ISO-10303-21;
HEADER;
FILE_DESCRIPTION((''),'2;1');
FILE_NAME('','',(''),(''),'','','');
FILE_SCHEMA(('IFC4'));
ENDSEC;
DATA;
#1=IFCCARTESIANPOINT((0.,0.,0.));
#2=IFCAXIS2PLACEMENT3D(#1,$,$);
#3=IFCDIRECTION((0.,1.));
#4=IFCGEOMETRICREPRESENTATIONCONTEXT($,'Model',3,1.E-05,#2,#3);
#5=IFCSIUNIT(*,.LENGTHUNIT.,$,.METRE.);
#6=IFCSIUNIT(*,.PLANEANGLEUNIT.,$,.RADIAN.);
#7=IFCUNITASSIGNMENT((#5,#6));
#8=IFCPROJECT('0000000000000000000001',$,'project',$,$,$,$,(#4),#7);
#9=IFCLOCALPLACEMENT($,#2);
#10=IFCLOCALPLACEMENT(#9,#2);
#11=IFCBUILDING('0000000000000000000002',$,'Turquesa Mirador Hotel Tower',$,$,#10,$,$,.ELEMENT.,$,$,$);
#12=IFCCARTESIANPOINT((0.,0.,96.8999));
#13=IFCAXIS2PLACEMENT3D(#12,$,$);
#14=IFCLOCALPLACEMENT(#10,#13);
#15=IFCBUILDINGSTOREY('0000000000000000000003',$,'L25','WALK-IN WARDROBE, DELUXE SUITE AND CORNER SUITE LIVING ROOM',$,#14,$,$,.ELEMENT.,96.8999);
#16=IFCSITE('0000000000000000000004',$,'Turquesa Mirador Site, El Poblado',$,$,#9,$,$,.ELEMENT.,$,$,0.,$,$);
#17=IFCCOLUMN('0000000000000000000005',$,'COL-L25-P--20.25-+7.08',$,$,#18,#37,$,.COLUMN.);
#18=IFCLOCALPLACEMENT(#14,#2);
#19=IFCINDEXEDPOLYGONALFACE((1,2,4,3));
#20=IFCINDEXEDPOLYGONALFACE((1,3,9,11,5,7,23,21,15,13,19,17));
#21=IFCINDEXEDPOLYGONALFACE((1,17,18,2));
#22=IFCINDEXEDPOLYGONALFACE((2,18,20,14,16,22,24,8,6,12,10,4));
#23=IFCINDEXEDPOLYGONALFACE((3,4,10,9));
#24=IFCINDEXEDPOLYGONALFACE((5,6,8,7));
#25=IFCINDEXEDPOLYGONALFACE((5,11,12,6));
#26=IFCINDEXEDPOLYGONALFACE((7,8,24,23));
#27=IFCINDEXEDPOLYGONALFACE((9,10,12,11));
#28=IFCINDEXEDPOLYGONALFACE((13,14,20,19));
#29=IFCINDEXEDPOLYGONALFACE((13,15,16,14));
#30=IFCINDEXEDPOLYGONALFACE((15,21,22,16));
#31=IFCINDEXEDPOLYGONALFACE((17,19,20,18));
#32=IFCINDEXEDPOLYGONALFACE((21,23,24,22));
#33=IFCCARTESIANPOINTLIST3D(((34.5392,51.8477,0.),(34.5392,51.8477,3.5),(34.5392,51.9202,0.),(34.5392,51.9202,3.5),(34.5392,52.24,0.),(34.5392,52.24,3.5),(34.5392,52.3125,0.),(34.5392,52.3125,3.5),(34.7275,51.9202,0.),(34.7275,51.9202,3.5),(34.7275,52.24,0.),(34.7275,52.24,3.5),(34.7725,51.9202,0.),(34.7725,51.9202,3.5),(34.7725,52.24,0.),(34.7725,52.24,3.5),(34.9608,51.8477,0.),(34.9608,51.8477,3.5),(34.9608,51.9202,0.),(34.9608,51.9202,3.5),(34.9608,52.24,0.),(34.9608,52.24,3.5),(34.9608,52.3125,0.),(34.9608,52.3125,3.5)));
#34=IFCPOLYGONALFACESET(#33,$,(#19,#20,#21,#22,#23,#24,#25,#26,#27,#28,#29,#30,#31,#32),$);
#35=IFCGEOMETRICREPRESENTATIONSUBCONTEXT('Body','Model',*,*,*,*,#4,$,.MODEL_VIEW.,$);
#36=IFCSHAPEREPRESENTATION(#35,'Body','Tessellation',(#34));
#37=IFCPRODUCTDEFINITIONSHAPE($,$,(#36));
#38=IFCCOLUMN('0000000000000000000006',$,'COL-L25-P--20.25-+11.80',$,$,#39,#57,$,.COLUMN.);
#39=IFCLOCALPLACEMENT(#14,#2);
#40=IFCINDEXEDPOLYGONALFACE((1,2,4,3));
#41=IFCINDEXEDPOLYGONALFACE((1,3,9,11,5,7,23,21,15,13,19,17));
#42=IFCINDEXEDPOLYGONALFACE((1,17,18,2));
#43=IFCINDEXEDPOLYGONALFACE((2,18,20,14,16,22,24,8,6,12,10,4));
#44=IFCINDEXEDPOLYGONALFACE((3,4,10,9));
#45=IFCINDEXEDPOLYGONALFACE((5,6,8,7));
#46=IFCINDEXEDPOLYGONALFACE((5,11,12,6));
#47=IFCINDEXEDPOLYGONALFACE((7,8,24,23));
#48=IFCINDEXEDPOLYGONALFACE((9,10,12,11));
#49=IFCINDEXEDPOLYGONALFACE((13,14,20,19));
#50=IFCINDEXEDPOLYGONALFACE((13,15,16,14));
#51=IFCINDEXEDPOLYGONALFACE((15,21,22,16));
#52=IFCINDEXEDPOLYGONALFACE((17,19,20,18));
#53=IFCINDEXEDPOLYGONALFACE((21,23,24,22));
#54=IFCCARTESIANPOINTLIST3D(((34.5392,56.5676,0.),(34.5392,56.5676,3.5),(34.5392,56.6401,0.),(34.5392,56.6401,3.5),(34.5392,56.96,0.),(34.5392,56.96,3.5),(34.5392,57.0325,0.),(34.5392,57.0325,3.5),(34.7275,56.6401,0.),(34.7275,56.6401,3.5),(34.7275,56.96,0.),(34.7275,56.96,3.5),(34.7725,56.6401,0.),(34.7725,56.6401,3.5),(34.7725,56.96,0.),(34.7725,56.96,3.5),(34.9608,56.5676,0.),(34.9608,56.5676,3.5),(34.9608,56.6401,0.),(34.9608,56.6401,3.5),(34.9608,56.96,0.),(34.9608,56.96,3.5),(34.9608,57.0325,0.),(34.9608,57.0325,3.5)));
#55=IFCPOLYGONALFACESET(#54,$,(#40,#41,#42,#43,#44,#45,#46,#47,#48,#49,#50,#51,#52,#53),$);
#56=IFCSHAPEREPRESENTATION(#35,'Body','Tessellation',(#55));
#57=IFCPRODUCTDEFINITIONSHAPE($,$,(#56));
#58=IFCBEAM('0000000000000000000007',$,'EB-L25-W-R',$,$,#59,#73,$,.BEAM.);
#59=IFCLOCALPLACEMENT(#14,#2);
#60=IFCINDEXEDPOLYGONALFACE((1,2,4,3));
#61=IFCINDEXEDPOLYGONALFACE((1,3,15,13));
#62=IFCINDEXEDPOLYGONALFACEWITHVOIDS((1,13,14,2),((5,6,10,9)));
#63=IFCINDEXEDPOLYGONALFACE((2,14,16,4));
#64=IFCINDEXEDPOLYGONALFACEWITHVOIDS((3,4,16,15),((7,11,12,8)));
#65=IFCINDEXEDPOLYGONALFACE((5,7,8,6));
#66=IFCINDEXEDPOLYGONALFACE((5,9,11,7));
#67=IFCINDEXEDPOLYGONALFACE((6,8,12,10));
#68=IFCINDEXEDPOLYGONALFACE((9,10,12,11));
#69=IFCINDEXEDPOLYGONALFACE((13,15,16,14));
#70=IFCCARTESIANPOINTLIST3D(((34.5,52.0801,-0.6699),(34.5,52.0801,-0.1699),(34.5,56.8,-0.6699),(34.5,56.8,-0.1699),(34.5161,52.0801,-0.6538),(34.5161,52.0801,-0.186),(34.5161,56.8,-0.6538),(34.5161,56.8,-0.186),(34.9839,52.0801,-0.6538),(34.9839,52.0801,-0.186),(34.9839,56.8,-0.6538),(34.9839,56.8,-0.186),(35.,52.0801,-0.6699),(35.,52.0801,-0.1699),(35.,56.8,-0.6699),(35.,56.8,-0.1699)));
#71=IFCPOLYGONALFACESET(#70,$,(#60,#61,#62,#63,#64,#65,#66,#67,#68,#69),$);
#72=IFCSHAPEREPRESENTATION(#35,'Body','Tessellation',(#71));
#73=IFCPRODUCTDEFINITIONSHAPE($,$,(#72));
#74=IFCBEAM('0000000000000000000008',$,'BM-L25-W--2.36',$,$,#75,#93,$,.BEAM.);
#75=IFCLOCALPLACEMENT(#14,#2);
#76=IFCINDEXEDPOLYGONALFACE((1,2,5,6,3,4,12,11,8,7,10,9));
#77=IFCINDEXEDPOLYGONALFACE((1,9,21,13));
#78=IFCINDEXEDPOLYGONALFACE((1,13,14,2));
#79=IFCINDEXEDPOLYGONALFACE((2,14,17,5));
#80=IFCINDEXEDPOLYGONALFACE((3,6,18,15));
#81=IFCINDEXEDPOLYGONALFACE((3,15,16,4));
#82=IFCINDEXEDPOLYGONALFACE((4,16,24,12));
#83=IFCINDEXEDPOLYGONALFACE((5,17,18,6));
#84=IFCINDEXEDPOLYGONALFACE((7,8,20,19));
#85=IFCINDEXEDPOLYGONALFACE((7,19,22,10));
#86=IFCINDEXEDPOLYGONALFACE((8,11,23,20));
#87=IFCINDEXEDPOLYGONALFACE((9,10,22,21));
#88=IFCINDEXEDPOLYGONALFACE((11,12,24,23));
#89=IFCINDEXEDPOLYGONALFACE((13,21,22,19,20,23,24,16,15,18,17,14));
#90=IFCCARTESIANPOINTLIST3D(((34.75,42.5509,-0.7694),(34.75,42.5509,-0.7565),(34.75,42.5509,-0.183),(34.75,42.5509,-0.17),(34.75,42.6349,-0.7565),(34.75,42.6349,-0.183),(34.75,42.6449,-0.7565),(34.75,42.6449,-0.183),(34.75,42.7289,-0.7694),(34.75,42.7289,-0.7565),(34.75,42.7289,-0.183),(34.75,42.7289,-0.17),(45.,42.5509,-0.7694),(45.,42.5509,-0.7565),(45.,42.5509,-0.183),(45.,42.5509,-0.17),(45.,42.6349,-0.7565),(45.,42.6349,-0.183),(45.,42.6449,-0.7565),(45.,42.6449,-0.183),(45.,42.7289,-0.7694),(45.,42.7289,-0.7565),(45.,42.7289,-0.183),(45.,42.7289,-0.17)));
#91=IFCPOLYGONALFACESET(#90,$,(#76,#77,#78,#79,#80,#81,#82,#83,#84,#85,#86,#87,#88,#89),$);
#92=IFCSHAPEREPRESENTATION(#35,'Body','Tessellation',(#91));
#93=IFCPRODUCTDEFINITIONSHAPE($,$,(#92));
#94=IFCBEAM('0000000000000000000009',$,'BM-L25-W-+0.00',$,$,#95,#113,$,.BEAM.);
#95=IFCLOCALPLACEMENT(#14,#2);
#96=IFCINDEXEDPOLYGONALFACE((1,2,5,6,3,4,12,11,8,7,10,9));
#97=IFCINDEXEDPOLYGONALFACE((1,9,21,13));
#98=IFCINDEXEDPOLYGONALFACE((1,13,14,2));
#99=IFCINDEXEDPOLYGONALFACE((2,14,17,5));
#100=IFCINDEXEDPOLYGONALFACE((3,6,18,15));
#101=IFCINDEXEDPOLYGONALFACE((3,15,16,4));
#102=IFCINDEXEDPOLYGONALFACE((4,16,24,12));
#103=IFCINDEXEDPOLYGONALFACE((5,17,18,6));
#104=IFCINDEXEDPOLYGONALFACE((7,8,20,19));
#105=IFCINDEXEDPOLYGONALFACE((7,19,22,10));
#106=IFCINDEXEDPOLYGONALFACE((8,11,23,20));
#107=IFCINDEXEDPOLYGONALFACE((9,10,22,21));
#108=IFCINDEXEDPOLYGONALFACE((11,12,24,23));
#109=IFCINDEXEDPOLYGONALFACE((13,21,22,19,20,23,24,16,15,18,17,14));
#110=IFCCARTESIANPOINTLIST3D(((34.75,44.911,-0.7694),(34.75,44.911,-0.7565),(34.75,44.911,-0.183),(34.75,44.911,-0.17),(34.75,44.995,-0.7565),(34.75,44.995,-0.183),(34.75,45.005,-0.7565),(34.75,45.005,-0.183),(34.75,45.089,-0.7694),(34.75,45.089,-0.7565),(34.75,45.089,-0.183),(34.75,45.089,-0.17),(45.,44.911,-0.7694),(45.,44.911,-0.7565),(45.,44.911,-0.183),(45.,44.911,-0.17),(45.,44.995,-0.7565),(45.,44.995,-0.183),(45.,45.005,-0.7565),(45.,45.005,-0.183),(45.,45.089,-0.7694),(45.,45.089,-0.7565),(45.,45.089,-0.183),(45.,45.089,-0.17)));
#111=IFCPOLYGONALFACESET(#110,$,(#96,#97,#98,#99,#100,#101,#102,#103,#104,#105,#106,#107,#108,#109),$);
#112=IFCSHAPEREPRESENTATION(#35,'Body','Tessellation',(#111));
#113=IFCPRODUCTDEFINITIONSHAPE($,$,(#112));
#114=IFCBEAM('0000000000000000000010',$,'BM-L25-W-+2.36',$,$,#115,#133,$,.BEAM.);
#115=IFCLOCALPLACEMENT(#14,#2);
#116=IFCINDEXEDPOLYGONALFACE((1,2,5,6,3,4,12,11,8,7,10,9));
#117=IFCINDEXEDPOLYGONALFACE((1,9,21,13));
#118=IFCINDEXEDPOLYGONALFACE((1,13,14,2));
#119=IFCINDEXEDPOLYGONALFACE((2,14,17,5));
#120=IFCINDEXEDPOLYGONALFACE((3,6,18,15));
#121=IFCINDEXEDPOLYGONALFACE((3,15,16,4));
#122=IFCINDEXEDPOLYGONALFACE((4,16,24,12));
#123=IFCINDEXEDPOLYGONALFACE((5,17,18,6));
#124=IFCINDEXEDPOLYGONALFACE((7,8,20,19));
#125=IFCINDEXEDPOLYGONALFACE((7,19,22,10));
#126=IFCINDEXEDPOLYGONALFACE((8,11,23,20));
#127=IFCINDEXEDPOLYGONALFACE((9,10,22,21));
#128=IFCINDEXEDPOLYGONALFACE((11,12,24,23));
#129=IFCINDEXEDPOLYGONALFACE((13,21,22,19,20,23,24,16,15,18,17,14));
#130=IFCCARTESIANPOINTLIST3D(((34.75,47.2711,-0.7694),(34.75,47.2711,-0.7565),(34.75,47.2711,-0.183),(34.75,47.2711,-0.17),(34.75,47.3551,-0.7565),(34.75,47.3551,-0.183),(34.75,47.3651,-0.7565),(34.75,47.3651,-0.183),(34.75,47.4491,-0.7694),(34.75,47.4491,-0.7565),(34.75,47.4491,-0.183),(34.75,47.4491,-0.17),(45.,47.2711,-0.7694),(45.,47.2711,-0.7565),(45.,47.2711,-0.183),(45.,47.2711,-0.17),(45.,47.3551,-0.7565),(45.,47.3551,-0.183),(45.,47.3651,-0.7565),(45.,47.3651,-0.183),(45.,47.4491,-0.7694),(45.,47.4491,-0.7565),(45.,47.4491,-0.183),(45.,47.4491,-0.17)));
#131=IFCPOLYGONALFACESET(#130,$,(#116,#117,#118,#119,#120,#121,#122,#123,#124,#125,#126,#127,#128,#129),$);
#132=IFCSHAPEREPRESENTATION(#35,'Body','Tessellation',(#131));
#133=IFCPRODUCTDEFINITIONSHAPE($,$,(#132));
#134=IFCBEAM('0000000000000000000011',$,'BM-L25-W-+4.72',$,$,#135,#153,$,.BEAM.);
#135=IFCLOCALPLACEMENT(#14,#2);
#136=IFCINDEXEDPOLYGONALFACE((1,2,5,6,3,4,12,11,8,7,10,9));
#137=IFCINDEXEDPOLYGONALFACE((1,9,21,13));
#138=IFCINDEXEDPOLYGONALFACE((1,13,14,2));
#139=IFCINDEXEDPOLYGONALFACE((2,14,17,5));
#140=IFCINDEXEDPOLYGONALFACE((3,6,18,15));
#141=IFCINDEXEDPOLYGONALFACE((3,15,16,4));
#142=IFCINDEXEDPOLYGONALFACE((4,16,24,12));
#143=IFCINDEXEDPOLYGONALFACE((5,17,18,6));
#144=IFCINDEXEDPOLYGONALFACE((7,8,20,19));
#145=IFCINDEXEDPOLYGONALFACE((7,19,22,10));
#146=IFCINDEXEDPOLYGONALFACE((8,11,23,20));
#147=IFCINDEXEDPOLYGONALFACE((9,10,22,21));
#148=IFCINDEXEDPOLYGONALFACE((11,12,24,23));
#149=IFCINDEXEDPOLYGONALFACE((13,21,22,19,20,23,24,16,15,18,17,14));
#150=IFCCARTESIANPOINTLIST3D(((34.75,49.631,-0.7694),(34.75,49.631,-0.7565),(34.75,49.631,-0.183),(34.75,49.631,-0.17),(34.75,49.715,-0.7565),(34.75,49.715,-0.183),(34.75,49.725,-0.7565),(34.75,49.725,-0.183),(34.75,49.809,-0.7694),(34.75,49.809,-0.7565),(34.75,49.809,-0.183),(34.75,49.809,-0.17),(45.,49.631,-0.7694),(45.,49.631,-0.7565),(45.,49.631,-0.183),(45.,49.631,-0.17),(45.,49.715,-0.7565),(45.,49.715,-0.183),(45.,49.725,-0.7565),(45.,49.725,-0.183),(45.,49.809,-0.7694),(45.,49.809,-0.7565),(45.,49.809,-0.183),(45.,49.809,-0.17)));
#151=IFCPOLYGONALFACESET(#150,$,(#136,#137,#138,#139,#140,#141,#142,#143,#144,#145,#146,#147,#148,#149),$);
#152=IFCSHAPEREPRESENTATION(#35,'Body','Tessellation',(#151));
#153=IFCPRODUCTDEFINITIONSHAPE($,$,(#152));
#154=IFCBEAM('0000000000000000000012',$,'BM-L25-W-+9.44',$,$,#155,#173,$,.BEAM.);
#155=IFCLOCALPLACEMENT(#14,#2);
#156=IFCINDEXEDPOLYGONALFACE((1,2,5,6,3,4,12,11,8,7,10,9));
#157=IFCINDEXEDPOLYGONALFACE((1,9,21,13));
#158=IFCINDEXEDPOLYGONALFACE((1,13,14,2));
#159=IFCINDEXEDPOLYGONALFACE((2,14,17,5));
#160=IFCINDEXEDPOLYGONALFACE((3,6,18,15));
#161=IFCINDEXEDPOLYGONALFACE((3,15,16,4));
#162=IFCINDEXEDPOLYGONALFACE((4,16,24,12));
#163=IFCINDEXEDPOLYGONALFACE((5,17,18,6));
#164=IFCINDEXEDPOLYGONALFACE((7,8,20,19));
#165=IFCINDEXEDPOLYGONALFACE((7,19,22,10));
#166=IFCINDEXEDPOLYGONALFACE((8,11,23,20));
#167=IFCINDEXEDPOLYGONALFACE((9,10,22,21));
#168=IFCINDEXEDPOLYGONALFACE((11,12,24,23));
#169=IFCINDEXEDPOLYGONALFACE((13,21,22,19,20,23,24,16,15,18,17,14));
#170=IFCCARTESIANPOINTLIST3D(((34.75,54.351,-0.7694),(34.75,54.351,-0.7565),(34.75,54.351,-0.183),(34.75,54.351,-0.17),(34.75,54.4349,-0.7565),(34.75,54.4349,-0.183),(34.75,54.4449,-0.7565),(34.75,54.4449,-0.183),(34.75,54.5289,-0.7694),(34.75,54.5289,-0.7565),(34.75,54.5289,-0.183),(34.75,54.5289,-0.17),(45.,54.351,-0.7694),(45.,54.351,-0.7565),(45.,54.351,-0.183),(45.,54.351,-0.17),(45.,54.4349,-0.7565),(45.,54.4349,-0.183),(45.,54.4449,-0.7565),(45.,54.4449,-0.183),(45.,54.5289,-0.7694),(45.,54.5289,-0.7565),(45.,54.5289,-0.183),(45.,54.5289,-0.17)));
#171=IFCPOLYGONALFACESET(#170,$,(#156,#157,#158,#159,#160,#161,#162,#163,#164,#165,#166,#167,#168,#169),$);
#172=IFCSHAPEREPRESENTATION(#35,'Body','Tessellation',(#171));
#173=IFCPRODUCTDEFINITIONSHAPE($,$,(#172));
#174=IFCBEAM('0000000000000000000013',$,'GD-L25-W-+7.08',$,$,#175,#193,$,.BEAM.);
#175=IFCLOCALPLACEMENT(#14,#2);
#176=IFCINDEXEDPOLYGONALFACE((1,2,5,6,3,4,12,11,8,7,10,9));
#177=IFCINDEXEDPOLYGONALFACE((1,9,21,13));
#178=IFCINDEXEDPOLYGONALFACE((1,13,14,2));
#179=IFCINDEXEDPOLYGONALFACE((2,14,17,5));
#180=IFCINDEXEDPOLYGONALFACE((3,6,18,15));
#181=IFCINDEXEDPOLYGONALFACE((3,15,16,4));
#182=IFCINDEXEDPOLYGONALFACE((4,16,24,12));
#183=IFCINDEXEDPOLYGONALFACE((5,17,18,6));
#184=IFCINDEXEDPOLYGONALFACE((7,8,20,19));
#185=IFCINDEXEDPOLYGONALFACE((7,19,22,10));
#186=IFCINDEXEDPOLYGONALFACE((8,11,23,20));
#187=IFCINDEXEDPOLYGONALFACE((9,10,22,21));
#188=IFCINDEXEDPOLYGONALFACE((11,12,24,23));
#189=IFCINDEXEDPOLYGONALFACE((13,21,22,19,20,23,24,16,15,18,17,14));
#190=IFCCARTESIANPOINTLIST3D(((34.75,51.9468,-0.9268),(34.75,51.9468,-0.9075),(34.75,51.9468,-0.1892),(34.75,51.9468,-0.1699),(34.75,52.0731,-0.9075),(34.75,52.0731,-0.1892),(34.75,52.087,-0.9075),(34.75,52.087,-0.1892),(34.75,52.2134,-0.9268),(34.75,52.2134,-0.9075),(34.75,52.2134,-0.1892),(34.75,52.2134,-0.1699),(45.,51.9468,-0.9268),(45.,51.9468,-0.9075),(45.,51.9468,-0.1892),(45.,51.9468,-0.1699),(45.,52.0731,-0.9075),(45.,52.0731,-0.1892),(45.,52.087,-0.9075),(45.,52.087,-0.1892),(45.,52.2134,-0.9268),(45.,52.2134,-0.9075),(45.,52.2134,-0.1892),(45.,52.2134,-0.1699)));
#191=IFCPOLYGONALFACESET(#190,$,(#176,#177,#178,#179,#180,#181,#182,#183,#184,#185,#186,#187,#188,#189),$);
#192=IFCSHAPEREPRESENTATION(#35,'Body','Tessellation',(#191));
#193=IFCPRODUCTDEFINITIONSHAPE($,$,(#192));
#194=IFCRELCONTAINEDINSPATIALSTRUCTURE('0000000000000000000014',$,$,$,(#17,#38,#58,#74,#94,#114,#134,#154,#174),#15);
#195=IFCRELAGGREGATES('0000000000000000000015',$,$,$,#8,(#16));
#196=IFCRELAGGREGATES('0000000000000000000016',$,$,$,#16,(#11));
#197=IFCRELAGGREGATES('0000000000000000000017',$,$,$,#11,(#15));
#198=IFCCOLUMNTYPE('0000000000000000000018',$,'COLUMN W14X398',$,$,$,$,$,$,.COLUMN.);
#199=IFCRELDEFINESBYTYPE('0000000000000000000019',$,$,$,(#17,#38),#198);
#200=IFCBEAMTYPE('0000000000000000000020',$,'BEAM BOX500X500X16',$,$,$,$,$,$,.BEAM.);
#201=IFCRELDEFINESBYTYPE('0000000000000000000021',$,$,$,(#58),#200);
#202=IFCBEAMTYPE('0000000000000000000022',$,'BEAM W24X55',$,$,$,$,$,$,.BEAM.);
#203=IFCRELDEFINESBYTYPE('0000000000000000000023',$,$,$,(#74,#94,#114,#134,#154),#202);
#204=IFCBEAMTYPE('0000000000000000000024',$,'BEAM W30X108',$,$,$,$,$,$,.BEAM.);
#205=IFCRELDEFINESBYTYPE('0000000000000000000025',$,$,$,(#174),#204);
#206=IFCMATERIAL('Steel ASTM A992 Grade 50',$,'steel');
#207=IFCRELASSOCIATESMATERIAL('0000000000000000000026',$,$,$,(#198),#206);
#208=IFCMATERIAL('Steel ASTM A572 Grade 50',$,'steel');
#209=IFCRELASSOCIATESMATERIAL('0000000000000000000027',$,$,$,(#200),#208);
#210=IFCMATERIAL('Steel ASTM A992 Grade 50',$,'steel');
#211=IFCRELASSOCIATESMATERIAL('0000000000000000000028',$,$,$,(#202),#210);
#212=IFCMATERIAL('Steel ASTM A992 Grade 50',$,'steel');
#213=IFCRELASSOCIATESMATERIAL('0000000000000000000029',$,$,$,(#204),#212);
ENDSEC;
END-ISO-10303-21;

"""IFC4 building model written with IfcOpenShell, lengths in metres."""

from ifc_helpers import new_model, si_unit, direction, frame, origin, origin_2d, place, context, subcontext, project, spatial, hollow_rectangle, i_section, extrude, material, material_profile, profile_set, type_object, element, save


model = new_model("IFC4")

# Units and contexts
model_context = context("Model", 3, precision=1e-05, world=origin(), true_north=direction((0.0, 1.0)))
body_context = subcontext(model_context, "Body", "Model", "MODEL_VIEW")
ifc_project = project(units=[si_unit("LENGTHUNIT", "METRE"), si_unit("PLANEANGLEUNIT", "RADIAN")], contexts=[model_context])

# Site, building, storey
site_placement = place(None, origin())
site = spatial("IfcSite", under=ifc_project, at=site_placement, Name="Turquesa Mirador Site, El Poblado", CompositionType="ELEMENT", RefElevation=0.0)
building_placement = place(site_placement, origin())
building = spatial("IfcBuilding", under=site, at=building_placement, Name="Turquesa Mirador Hotel Tower", CompositionType="ELEMENT")
storey_placement = place(building_placement, frame((0.0, 0.0, 96.8999)))
storey = spatial("IfcBuildingStorey", under=building, at=storey_placement, Name="L25", Description="WALK-IN WARDROBE, DELUXE SUITE AND CORNER SUITE LIVING ROOM", CompositionType="ELEMENT", Elevation=96.8999)

# Columns
ifc_material_1 = material(Name="Steel ASTM A992 Grade 50", Category="steel")
ifc_material_profile_1 = material_profile(ifc_material_1, i_section(OverallWidth=0.4216, OverallDepth=0.4648, WebThickness=0.0449, FlangeThickness=0.0725, at=origin_2d()), Name="W14X398")
ifc_profile_set_1 = profile_set([ifc_material_profile_1], Name="Steel ASTM A992 Grade 50")
column_type = type_object("IfcColumnType", Name="COLUMN W14X398", PredefinedType="COLUMN", material=ifc_profile_set_1)
for number, where, z_axis, x_axis, name in (
    (1, (34.75, 52.0801, 0.0), (0.0, 0.0, 1.0), (1.0, 0.0, 0.0), "COL-L25-P--20.25-+7.08"),
    (2, (34.75, 56.8, 0.0), (0.0, 0.0, 1.0), (1.0, 0.0, 0.0), "COL-L25-P--20.25-+11.80"),
):
    element("IfcColumn", number, at=place(storey_placement, frame(where, z_axis=z_axis, x_axis=x_axis)), inside=storey, type_object=column_type, Name=name, PredefinedType="COLUMN", context=body_context, shape_type="SweptSolid", body=[
        extrude(i_section(OverallWidth=0.4216, OverallDepth=0.4648, WebThickness=0.0449, FlangeThickness=0.0725, at=origin_2d()), origin(), (0.0, 0.0, 1.0), 3.5),
    ])

# Beams
ifc_material_2 = material(Name="Steel ASTM A572 Grade 50", Category="steel")
ifc_material_profile_2 = material_profile(ifc_material_2, hollow_rectangle(XDim=0.5, YDim=0.5, WallThickness=0.0161, at=origin_2d()), Name="BOX500X500X16")
ifc_profile_set_2 = profile_set([ifc_material_profile_2], Name="Steel ASTM A572 Grade 50")
beam_type_1 = type_object("IfcBeamType", Name="BEAM BOX500X500X16", PredefinedType="BEAM", material=ifc_profile_set_2)
beam_1_placement = place(storey_placement, frame((34.75, 52.0801, -0.4199), z_axis=(0.0, 1.0, 0.0), x_axis=(-1.0, 0.0, 0.0)))
element("IfcBeam", 3, at=beam_1_placement, inside=storey, type_object=beam_type_1, Name="EB-L25-W-R", PredefinedType="BEAM", context=body_context, shape_type="SweptSolid", body=[
    extrude(hollow_rectangle(XDim=0.5, YDim=0.5, WallThickness=0.0161, at=origin_2d()), origin(), (0.0, 0.0, 1.0), 4.72),
])
ifc_material_3 = material(Name="Steel ASTM A992 Grade 50", Category="steel")
ifc_material_profile_3 = material_profile(ifc_material_3, i_section(OverallWidth=0.178, OverallDepth=0.5994, WebThickness=0.01, FlangeThickness=0.0129, at=origin_2d()), Name="W24X55")
ifc_profile_set_3 = profile_set([ifc_material_profile_3], Name="Steel ASTM A992 Grade 50")
beam_type_2 = type_object("IfcBeamType", Name="BEAM W24X55", PredefinedType="BEAM", material=ifc_profile_set_3)
for number, where, z_axis, x_axis, name in (
    (4, (34.75, 42.6399, -0.4697), (1.0, 0.0, 0.0), (0.0, 1.0, 0.0), "BM-L25-W--2.36"),
    (5, (34.75, 45.0, -0.4697), (1.0, 0.0, 0.0), (0.0, 1.0, 0.0), "BM-L25-W-+0.00"),
    (6, (34.75, 47.3601, -0.4697), (1.0, 0.0, 0.0), (0.0, 1.0, 0.0), "BM-L25-W-+2.36"),
    (7, (34.75, 49.72, -0.4697), (1.0, 0.0, 0.0), (0.0, 1.0, 0.0), "BM-L25-W-+4.72"),
    (8, (34.75, 54.4399, -0.4697), (1.0, 0.0, 0.0), (0.0, 1.0, 0.0), "BM-L25-W-+9.44"),
):
    element("IfcBeam", number, at=place(storey_placement, frame(where, z_axis=z_axis, x_axis=x_axis)), inside=storey, type_object=beam_type_2, Name=name, PredefinedType="BEAM", context=body_context, shape_type="SweptSolid", body=[
        extrude(i_section(OverallWidth=0.178, OverallDepth=0.5994, WebThickness=0.01, FlangeThickness=0.0129, at=origin_2d()), origin(), (0.0, 0.0, 1.0), 10.25),
    ])
ifc_material_4 = material(Name="Steel ASTM A992 Grade 50", Category="steel")
ifc_material_profile_4 = material_profile(ifc_material_4, i_section(OverallWidth=0.2666, OverallDepth=0.7568, WebThickness=0.0139, FlangeThickness=0.0193, at=origin_2d()), Name="W30X108")
ifc_profile_set_4 = profile_set([ifc_material_profile_4], Name="Steel ASTM A992 Grade 50")
beam_type_3 = type_object("IfcBeamType", Name="BEAM W30X108", PredefinedType="BEAM", material=ifc_profile_set_4)
beam_2_placement = place(storey_placement, frame((34.75, 52.0801, -0.5483), z_axis=(1.0, 0.0, 0.0), x_axis=(0.0, 1.0, 0.0)))
element("IfcBeam", 9, at=beam_2_placement, inside=storey, type_object=beam_type_3, Name="GD-L25-W-+7.08", PredefinedType="BEAM", context=body_context, shape_type="SweptSolid", body=[
    extrude(i_section(OverallWidth=0.2666, OverallDepth=0.7568, WebThickness=0.0139, FlangeThickness=0.0193, at=origin_2d()), origin(), (0.0, 0.0, 1.0), 10.25),
])

save(model, "model.ifc")
